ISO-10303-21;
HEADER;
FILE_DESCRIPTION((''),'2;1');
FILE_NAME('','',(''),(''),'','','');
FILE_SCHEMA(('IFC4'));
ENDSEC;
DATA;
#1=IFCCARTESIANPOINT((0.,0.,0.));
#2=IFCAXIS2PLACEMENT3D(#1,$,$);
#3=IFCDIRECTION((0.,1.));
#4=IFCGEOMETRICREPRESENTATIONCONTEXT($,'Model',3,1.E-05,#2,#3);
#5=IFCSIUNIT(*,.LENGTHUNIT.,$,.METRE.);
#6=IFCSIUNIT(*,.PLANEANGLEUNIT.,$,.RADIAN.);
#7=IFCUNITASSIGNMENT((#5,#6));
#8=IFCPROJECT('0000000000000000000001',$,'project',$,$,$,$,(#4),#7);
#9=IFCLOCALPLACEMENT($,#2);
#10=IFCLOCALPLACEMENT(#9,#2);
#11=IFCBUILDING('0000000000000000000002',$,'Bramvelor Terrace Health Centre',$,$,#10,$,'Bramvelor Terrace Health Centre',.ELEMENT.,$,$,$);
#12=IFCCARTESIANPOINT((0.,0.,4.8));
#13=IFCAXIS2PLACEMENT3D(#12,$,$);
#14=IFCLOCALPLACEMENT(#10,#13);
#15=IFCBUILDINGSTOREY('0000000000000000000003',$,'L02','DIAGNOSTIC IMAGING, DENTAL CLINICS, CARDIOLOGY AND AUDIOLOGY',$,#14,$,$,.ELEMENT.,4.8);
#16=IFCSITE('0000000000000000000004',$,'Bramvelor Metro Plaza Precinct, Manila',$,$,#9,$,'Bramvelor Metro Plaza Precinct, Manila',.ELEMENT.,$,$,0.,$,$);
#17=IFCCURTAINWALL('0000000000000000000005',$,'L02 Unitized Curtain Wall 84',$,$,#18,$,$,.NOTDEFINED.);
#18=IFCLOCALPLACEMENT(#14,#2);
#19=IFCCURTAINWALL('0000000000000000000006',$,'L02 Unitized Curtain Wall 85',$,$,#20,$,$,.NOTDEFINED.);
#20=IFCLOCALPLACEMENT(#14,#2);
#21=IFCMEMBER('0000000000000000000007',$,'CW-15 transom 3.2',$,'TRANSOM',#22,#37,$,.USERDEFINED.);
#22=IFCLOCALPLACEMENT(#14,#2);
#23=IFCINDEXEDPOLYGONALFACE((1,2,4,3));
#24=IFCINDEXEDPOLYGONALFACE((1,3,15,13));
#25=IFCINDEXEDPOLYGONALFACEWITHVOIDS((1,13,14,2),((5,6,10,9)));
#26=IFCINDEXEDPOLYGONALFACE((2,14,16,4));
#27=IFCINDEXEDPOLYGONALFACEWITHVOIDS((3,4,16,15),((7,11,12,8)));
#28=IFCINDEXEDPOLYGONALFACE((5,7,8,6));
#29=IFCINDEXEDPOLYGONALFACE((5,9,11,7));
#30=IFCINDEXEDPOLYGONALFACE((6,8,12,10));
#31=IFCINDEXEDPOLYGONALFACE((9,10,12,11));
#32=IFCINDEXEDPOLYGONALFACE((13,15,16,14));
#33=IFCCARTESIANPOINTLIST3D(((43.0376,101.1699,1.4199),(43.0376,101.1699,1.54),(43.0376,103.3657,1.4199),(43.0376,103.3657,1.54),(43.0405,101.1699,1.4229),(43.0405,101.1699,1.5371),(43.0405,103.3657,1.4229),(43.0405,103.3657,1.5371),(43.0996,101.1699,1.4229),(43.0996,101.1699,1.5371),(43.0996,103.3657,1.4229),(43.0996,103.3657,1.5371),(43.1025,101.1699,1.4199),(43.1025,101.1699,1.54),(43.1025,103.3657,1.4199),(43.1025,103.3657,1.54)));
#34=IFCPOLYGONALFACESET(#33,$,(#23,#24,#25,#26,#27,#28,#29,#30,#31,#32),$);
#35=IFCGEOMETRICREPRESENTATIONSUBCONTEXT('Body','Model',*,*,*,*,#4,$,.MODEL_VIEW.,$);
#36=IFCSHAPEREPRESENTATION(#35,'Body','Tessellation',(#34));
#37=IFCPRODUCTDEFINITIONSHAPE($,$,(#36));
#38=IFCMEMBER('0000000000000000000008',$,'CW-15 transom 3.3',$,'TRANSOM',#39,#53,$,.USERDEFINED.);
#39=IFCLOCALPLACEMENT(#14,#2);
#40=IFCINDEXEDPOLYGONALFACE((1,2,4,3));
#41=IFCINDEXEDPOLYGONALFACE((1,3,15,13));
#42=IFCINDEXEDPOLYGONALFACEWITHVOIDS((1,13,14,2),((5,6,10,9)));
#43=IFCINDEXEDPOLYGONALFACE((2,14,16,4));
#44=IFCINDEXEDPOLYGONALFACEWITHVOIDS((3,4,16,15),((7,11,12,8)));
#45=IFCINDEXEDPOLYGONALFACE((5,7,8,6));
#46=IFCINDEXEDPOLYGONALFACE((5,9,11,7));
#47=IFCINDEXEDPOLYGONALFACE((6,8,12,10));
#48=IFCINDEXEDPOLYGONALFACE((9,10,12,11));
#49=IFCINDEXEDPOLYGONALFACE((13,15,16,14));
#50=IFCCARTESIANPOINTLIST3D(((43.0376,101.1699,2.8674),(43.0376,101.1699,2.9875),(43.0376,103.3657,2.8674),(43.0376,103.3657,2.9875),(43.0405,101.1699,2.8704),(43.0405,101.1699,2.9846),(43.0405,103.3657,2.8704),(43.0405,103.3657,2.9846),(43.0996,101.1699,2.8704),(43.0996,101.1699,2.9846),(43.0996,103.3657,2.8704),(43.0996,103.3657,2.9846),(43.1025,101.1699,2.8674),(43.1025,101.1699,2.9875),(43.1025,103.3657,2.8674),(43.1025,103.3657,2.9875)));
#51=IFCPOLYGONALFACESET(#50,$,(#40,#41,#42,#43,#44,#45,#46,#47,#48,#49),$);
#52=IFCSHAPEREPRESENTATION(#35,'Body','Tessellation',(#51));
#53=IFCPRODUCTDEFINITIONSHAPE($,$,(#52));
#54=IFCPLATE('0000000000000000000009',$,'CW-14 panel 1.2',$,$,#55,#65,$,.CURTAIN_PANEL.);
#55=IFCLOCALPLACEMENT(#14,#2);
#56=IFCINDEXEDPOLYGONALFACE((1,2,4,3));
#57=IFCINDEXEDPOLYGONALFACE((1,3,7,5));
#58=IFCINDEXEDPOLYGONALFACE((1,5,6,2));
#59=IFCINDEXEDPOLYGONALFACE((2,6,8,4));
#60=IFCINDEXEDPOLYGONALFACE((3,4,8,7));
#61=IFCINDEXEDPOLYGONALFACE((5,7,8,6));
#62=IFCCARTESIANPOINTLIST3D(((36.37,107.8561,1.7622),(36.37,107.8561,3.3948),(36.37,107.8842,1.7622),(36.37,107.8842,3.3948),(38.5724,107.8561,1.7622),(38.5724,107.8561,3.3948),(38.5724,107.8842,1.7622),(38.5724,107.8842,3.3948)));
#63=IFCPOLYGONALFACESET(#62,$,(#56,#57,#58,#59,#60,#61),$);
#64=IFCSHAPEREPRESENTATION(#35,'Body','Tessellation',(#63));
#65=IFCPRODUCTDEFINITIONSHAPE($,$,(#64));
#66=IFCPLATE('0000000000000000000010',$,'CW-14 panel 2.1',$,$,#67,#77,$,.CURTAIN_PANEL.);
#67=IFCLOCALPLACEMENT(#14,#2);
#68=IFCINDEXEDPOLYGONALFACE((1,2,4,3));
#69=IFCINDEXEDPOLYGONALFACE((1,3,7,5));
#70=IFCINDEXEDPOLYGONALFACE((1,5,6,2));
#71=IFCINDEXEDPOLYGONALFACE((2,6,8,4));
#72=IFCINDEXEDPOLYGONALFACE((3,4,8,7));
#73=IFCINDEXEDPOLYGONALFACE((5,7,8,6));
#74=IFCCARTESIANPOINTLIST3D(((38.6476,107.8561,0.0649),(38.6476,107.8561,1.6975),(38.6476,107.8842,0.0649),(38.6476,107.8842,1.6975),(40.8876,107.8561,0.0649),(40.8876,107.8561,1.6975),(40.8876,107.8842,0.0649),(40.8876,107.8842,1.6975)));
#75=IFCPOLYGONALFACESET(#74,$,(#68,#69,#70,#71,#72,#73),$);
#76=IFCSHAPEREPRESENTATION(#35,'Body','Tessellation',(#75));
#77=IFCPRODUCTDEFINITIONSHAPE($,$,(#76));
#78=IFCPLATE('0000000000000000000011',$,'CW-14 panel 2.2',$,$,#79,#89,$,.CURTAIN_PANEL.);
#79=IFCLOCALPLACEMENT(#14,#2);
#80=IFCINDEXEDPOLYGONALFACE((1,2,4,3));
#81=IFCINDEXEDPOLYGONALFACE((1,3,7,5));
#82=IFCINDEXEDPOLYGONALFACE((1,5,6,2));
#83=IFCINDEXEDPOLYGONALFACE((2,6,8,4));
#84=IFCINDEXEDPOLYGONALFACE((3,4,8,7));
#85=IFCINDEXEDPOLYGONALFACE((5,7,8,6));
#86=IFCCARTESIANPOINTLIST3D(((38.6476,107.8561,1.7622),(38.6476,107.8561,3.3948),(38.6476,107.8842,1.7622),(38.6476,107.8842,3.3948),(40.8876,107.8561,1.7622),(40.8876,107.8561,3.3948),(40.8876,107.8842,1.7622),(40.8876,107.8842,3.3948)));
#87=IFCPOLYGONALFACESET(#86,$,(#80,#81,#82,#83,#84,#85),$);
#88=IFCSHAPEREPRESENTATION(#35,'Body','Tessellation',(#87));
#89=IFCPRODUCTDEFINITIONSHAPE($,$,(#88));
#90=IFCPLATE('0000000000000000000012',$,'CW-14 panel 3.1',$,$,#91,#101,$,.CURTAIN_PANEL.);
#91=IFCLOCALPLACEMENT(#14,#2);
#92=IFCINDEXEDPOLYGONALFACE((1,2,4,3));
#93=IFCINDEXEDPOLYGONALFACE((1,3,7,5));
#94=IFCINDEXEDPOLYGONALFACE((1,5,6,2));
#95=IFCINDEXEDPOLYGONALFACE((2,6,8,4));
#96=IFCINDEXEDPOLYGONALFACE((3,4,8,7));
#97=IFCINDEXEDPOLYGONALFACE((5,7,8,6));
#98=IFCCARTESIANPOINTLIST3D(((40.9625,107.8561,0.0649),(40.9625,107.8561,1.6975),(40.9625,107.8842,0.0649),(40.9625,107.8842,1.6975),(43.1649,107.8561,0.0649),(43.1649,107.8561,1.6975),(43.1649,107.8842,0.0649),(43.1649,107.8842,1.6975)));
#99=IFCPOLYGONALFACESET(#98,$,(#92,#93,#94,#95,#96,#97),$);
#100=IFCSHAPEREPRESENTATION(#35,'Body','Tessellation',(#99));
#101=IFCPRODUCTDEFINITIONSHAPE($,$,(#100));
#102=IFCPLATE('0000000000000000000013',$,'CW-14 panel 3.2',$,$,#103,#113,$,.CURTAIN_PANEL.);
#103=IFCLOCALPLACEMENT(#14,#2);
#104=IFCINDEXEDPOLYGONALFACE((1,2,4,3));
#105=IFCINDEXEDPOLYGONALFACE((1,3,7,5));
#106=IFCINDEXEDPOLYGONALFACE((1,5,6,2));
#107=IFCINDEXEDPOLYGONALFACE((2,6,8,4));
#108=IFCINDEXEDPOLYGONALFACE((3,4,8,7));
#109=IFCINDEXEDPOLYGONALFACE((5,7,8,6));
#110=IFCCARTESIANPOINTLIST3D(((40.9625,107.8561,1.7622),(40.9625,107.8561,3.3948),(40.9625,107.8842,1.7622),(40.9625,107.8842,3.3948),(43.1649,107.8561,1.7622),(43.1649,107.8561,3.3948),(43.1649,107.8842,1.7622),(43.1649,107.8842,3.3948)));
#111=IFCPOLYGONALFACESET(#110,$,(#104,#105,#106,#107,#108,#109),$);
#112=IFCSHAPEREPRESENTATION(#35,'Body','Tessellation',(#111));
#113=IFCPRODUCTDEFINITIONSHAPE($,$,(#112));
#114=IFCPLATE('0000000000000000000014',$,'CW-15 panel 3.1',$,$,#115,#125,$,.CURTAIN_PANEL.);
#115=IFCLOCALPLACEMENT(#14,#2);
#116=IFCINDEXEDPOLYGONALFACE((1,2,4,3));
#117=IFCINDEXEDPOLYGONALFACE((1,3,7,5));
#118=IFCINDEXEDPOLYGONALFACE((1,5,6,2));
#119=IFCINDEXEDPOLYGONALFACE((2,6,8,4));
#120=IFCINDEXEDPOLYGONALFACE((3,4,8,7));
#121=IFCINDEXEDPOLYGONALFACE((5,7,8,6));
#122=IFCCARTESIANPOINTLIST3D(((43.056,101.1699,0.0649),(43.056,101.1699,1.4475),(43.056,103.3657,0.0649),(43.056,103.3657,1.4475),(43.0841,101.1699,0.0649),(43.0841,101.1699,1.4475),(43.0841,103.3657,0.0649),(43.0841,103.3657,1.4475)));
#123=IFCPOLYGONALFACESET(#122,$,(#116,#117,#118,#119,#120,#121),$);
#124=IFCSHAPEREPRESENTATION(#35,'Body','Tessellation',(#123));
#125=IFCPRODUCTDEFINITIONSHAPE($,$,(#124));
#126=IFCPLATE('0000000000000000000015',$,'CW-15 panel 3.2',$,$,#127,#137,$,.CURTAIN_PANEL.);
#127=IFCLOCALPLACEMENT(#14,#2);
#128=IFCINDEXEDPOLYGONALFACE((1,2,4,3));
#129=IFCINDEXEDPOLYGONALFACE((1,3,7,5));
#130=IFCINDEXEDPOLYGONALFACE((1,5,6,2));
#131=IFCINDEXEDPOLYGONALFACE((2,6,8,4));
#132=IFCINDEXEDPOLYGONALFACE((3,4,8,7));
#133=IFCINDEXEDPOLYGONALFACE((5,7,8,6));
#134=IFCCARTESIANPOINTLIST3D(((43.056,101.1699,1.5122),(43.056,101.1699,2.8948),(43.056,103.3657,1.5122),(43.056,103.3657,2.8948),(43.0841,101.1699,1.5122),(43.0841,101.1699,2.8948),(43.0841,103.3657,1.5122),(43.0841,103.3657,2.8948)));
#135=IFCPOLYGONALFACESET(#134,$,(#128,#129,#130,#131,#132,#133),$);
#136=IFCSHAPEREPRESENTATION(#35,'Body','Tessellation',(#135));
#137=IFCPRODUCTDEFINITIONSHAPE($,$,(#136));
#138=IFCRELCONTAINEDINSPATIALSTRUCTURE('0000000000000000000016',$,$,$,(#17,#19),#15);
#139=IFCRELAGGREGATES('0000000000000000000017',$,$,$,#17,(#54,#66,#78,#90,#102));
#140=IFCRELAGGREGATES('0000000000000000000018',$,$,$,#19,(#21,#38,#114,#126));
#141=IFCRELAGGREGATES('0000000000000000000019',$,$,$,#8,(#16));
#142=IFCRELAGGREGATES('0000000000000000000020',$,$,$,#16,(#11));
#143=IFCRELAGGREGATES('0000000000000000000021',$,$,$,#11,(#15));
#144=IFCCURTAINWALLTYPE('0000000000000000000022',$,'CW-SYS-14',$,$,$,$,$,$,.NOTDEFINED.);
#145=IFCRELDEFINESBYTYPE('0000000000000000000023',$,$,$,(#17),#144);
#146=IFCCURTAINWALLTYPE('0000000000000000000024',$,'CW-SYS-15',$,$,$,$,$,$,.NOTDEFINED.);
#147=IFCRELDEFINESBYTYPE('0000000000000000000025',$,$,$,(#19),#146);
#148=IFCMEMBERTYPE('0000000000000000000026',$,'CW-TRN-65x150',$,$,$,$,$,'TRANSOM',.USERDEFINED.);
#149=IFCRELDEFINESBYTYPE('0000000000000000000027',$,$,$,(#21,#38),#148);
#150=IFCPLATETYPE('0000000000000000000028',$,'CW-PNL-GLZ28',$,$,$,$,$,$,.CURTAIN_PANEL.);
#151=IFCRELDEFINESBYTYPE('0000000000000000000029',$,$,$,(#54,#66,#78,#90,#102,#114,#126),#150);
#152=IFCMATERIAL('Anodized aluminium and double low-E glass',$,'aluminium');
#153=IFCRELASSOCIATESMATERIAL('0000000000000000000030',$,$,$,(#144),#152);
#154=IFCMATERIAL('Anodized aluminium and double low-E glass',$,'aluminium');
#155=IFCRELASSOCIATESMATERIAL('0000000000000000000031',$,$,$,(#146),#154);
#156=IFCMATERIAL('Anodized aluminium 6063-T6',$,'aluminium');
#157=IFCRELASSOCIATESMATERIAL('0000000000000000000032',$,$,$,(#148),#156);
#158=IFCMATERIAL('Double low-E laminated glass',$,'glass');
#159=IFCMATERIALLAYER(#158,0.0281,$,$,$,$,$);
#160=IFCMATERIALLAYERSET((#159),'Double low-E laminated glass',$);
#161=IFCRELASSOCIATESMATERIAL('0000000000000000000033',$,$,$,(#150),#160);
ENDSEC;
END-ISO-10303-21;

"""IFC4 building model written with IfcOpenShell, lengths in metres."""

from ifc_helpers import new_model, si_unit, direction, frame, origin, origin_2d, place, context, subcontext, project, spatial, rectangle, hollow_rectangle, extrude, material, layer, layer_set, material_profile, profile_set, type_object, element, aggregate, save


model = new_model("IFC4")

# Units and contexts
model_context = context("Model", 3, precision=1e-05, world=origin(), true_north=direction((0.0, 1.0)))
body_context = subcontext(model_context, "Body", "Model", "MODEL_VIEW")
ifc_project = project(units=[si_unit("LENGTHUNIT", "METRE"), si_unit("PLANEANGLEUNIT", "RADIAN")], contexts=[model_context])

# Site, building, storey
site_placement = place(None, origin())
site = spatial("IfcSite", under=ifc_project, at=site_placement, Name="Bramvelor Metro Plaza Precinct, Manila", LongName="Bramvelor Metro Plaza Precinct, Manila", CompositionType="ELEMENT", RefElevation=0.0)
building_placement = place(site_placement, origin())
building = spatial("IfcBuilding", under=site, at=building_placement, Name="Bramvelor Terrace Health Centre", LongName="Bramvelor Terrace Health Centre", CompositionType="ELEMENT")
storey_placement = place(building_placement, frame((0.0, 0.0, 4.8)))
storey = spatial("IfcBuildingStorey", under=building, at=storey_placement, Name="L02", Description="DIAGNOSTIC IMAGING, DENTAL CLINICS, CARDIOLOGY AND AUDIOLOGY", CompositionType="ELEMENT", Elevation=4.8)

# Curtain walls
ifc_material_1 = material(Name="Anodized aluminium and double low-E glass", Category="aluminium")
curtain_wall_type_1 = type_object("IfcCurtainWallType", Name="CW-SYS-14", PredefinedType="NOTDEFINED", material=ifc_material_1)
curtain_wall_1_placement = place(storey_placement, origin())
curtain_wall_1 = element("IfcCurtainWall", 1, at=curtain_wall_1_placement, inside=storey, type_object=curtain_wall_type_1, Name="L02 Unitized Curtain Wall 84", PredefinedType="NOTDEFINED")
ifc_material_2 = material(Name="Anodized aluminium and double low-E glass", Category="aluminium")
curtain_wall_type_2 = type_object("IfcCurtainWallType", Name="CW-SYS-15", PredefinedType="NOTDEFINED", material=ifc_material_2)
curtain_wall_2_placement = place(storey_placement, origin())
curtain_wall_2 = element("IfcCurtainWall", 2, at=curtain_wall_2_placement, inside=storey, type_object=curtain_wall_type_2, Name="L02 Unitized Curtain Wall 85", PredefinedType="NOTDEFINED")

# Members
ifc_material_3 = material(Name="Anodized aluminium 6063-T6", Category="aluminium")
ifc_material_profile_1 = material_profile(ifc_material_3, hollow_rectangle(XDim=0.0649, YDim=0.1201, WallThickness=0.0029, at=origin_2d()), Name="ALU-TRN 65x120x3.0")
ifc_profile_set_1 = profile_set([ifc_material_profile_1], Name="Anodized aluminium 6063-T6")
member_type_1 = type_object("IfcMemberType", Name="CW-TRN-65x150", ElementType="TRANSOM", PredefinedType="USERDEFINED", material=ifc_profile_set_1)
member_1_placement = place(storey_placement, frame((43.0701, 103.3657, 1.48), z_axis=(0.0, -1.0, 0.0), x_axis=(1.0, 0.0, 0.0)))
member_1 = element("IfcMember", 3, at=member_1_placement, type_object=member_type_1, Name="CW-15 transom 3.2", ObjectType="TRANSOM", PredefinedType="USERDEFINED", context=body_context, shape_type="SweptSolid", body=[
    extrude(hollow_rectangle(XDim=0.0649, YDim=0.1201, WallThickness=0.0029, at=origin_2d()), origin(), (0.0, 0.0, 1.0), 2.1958),
])
member_2_placement = place(storey_placement, frame((43.0701, 103.3657, 2.9275), z_axis=(0.0, -1.0, 0.0), x_axis=(1.0, 0.0, 0.0)))
member_2 = element("IfcMember", 4, at=member_2_placement, type_object=member_type_1, Name="CW-15 transom 3.3", ObjectType="TRANSOM", PredefinedType="USERDEFINED", context=body_context, shape_type="SweptSolid", body=[
    extrude(hollow_rectangle(XDim=0.0649, YDim=0.1201, WallThickness=0.0029, at=origin_2d()), origin(), (0.0, 0.0, 1.0), 2.1958),
])

# Plates
ifc_material_4 = material(Name="Double low-E laminated glass", Category="glass")
ifc_layer = layer(ifc_material_4, 0.0281)
ifc_layer_set = layer_set([ifc_layer], Name="Double low-E laminated glass")
plate_type = type_object("IfcPlateType", Name="CW-PNL-GLZ28", PredefinedType="CURTAIN_PANEL", material=ifc_layer_set)
plate_1_placement = place(storey_placement, frame((37.4712, 107.8701, 1.7622), z_axis=(0.0, 0.0, 1.0), x_axis=(1.0, 0.0, 0.0)))
plate_1 = element("IfcPlate", 5, at=plate_1_placement, type_object=plate_type, Name="CW-14 panel 1.2", PredefinedType="CURTAIN_PANEL", context=body_context, shape_type="SweptSolid", body=[
    extrude(rectangle(XDim=2.2024, YDim=0.0281, at=origin_2d()), origin(), (0.0, 0.0, 1.0), 1.6326),
])
plate_2_placement = place(storey_placement, frame((39.7676, 107.8701, 0.0649), z_axis=(0.0, 0.0, 1.0), x_axis=(1.0, 0.0, 0.0)))
plate_2 = element("IfcPlate", 6, at=plate_2_placement, type_object=plate_type, Name="CW-14 panel 2.1", PredefinedType="CURTAIN_PANEL", context=body_context, shape_type="SweptSolid", body=[
    extrude(rectangle(XDim=2.24, YDim=0.0281, at=origin_2d()), origin(), (0.0, 0.0, 1.0), 1.6326),
])
plate_3_placement = place(storey_placement, frame((39.7676, 107.8701, 1.7622), z_axis=(0.0, 0.0, 1.0), x_axis=(1.0, 0.0, 0.0)))
plate_3 = element("IfcPlate", 7, at=plate_3_placement, type_object=plate_type, Name="CW-14 panel 2.2", PredefinedType="CURTAIN_PANEL", context=body_context, shape_type="SweptSolid", body=[
    extrude(rectangle(XDim=2.24, YDim=0.0281, at=origin_2d()), origin(), (0.0, 0.0, 1.0), 1.6326),
])
plate_4_placement = place(storey_placement, frame((42.0637, 107.8701, 0.0649), z_axis=(0.0, 0.0, 1.0), x_axis=(1.0, 0.0, 0.0)))
plate_4 = element("IfcPlate", 8, at=plate_4_placement, type_object=plate_type, Name="CW-14 panel 3.1", PredefinedType="CURTAIN_PANEL", context=body_context, shape_type="SweptSolid", body=[
    extrude(rectangle(XDim=2.2024, YDim=0.0281, at=origin_2d()), origin(), (0.0, 0.0, 1.0), 1.6326),
])
plate_5_placement = place(storey_placement, frame((42.0637, 107.8701, 1.7622), z_axis=(0.0, 0.0, 1.0), x_axis=(1.0, 0.0, 0.0)))
plate_5 = element("IfcPlate", 9, at=plate_5_placement, type_object=plate_type, Name="CW-14 panel 3.2", PredefinedType="CURTAIN_PANEL", context=body_context, shape_type="SweptSolid", body=[
    extrude(rectangle(XDim=2.2024, YDim=0.0281, at=origin_2d()), origin(), (0.0, 0.0, 1.0), 1.6326),
])
aggregate(curtain_wall_1, [plate_1, plate_2, plate_3, plate_4, plate_5])
plate_6_placement = place(storey_placement, frame((43.0701, 102.2678, 0.0649), z_axis=(0.0, 0.0, 1.0), x_axis=(0.0, -1.0, 0.0)))
plate_6 = element("IfcPlate", 10, at=plate_6_placement, type_object=plate_type, Name="CW-15 panel 3.1", PredefinedType="CURTAIN_PANEL", context=body_context, shape_type="SweptSolid", body=[
    extrude(rectangle(XDim=2.1958, YDim=0.0281, at=origin_2d()), origin(), (0.0, 0.0, 1.0), 1.3826),
])
plate_7_placement = place(storey_placement, frame((43.0701, 102.2678, 1.5122), z_axis=(0.0, 0.0, 1.0), x_axis=(0.0, -1.0, 0.0)))
plate_7 = element("IfcPlate", 11, at=plate_7_placement, type_object=plate_type, Name="CW-15 panel 3.2", PredefinedType="CURTAIN_PANEL", context=body_context, shape_type="SweptSolid", body=[
    extrude(rectangle(XDim=2.1958, YDim=0.0281, at=origin_2d()), origin(), (0.0, 0.0, 1.0), 1.3826),
])
aggregate(curtain_wall_2, [member_1, member_2, plate_6, plate_7])

save(model, "model.ifc")
